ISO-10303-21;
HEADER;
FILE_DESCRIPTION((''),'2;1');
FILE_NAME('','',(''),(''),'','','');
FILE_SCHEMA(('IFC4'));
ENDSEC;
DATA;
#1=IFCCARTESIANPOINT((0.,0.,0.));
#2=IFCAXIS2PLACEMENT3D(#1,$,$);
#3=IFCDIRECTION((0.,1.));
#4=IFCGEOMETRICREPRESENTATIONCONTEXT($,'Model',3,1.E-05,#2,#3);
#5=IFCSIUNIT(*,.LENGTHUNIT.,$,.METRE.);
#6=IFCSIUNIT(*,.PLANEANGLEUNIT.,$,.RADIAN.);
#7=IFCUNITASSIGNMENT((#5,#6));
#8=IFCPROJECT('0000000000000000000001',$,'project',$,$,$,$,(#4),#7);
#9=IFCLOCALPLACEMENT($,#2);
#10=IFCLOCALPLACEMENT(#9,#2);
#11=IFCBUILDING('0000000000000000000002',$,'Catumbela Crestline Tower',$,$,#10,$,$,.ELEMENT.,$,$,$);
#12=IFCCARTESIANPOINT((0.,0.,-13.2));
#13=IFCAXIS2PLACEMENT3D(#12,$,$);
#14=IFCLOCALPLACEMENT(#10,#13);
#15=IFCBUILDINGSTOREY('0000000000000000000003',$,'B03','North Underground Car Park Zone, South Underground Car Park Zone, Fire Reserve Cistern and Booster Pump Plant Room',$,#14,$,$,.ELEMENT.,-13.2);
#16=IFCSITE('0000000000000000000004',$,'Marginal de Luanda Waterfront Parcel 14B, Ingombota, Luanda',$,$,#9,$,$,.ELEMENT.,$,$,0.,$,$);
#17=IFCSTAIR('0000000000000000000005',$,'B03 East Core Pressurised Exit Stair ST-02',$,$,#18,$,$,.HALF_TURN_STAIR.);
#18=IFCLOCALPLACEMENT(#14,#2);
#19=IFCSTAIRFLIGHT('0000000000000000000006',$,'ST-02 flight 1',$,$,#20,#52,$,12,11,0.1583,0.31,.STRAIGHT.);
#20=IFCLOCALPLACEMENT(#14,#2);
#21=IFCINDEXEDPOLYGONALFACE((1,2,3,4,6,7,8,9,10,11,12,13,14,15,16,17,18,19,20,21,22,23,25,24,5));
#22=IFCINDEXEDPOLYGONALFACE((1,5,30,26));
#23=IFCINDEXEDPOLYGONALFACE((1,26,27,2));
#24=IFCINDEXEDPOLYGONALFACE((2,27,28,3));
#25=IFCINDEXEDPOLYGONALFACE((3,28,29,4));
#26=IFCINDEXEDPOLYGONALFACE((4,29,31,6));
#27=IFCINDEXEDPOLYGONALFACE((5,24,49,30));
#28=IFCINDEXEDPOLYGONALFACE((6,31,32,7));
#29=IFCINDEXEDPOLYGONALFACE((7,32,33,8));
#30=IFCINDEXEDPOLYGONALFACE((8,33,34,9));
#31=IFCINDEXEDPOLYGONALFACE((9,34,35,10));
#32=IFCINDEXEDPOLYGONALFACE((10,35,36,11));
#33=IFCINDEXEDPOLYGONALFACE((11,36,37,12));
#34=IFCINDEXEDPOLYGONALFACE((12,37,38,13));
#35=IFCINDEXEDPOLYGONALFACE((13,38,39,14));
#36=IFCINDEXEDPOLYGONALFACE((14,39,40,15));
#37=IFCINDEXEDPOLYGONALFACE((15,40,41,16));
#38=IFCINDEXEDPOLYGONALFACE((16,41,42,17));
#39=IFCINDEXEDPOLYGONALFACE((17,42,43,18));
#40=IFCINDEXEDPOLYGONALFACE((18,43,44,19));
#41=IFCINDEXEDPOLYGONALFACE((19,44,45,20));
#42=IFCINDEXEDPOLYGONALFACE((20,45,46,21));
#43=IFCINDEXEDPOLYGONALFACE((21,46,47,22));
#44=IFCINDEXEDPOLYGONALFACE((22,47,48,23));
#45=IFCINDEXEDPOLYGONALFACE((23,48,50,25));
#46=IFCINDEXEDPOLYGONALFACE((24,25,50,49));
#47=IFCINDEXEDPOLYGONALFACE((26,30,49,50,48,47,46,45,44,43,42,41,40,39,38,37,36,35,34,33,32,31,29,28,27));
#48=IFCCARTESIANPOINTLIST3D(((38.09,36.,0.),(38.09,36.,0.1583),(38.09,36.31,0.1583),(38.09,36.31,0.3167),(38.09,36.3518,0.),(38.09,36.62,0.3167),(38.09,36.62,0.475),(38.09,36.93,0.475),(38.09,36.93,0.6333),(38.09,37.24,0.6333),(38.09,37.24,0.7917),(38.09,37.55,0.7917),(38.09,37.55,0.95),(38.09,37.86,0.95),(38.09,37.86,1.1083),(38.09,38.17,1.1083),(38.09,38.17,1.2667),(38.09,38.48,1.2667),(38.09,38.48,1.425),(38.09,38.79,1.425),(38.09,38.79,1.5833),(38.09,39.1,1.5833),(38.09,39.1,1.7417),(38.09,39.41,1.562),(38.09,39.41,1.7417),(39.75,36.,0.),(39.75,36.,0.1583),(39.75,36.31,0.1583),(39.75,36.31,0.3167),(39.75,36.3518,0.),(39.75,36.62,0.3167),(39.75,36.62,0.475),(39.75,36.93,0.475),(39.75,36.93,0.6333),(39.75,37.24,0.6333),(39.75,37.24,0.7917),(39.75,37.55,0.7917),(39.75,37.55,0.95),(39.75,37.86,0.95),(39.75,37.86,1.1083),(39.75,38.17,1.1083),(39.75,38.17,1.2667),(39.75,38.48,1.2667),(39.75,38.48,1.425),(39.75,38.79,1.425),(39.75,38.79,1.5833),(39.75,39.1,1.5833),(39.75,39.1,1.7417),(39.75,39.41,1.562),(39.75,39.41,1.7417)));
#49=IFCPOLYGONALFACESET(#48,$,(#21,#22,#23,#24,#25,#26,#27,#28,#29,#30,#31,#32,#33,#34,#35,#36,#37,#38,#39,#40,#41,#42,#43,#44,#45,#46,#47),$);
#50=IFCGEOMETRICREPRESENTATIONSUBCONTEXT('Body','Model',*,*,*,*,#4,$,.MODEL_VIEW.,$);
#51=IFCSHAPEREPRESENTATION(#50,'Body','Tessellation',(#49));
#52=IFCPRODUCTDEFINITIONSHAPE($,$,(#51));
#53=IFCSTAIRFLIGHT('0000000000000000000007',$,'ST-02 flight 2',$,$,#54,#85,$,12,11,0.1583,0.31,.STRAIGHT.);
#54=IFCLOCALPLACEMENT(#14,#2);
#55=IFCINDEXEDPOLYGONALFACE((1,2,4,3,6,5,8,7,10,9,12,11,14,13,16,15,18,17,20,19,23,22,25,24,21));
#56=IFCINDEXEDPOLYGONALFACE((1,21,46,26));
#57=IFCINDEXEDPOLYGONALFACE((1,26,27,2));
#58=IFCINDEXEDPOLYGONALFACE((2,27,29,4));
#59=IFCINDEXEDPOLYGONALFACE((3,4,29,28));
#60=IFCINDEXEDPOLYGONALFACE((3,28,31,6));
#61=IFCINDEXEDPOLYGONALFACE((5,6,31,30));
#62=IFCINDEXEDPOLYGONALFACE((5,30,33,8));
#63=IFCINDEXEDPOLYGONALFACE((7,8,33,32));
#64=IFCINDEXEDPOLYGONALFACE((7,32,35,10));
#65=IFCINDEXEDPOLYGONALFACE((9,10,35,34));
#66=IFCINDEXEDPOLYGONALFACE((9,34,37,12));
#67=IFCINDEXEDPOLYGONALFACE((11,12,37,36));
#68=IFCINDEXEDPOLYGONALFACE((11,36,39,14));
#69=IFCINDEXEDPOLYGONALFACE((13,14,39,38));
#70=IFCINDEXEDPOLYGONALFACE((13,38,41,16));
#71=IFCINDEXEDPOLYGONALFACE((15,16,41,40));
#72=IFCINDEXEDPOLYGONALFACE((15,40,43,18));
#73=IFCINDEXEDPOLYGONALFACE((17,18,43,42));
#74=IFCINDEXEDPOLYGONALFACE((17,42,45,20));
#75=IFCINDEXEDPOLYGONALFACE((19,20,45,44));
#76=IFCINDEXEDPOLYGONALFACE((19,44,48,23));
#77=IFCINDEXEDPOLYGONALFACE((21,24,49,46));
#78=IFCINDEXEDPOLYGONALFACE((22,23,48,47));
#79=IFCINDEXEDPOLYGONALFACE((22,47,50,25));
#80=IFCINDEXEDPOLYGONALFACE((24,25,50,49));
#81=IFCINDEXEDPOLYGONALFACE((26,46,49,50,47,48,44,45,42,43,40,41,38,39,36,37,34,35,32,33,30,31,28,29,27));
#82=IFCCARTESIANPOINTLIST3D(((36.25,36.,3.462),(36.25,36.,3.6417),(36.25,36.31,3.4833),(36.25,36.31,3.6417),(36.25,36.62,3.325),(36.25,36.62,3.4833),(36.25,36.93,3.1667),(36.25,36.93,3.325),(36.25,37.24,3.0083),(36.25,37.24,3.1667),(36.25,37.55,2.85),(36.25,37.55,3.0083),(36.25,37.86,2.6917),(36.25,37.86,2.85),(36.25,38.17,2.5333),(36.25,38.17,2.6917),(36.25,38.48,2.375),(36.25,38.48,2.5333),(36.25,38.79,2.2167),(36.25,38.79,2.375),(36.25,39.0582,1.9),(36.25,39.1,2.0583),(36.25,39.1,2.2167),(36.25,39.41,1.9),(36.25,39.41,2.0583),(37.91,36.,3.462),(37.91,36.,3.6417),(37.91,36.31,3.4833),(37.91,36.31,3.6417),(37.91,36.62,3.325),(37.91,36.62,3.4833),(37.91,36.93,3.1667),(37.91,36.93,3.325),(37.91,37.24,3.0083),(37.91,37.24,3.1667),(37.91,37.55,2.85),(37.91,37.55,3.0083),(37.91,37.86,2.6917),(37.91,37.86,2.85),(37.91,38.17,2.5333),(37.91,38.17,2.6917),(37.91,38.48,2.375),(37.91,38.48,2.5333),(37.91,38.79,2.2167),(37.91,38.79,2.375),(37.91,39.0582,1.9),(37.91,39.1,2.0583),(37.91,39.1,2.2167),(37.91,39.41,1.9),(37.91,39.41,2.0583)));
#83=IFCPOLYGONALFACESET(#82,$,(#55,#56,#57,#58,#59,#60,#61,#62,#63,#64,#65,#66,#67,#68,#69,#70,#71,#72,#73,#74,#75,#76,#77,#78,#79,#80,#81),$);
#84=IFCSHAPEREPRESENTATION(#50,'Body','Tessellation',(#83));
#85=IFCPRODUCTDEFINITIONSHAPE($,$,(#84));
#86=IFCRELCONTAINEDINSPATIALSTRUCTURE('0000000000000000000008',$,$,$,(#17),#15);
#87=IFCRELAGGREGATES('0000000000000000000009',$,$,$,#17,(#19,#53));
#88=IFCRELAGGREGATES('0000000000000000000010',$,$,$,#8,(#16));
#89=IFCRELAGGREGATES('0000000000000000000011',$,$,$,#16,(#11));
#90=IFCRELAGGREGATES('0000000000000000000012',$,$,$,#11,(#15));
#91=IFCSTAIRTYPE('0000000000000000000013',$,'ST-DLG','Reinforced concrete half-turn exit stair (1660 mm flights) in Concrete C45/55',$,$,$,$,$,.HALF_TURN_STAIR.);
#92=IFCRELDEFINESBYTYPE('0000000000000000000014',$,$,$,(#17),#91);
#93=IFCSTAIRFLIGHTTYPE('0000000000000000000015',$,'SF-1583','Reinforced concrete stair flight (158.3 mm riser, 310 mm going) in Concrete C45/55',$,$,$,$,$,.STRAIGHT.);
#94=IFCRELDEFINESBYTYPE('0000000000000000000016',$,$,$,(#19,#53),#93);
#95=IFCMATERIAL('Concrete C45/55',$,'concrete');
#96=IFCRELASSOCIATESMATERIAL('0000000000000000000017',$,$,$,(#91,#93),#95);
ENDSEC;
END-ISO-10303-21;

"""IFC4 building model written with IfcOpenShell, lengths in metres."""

from ifc_helpers import new_model, si_unit, direction, frame, origin, place, context, subcontext, project, spatial, polyline, outline, extrude, material, type_object, element, aggregate, save


model = new_model("IFC4")

# Units and contexts
model_context = context("Model", 3, precision=1e-05, world=origin(), true_north=direction((0.0, 1.0)))
body_context = subcontext(model_context, "Body", "Model", "MODEL_VIEW")
ifc_project = project(units=[si_unit("LENGTHUNIT", "METRE"), si_unit("PLANEANGLEUNIT", "RADIAN")], contexts=[model_context])

# Site, building, storey
site_placement = place(None, origin())
site = spatial("IfcSite", under=ifc_project, at=site_placement, Name="Marginal de Luanda Waterfront Parcel 14B, Ingombota, Luanda", CompositionType="ELEMENT", RefElevation=0.0)
building_placement = place(site_placement, origin())
building = spatial("IfcBuilding", under=site, at=building_placement, Name="Catumbela Crestline Tower", CompositionType="ELEMENT")
storey_placement = place(building_placement, frame((0.0, 0.0, -13.2)))
storey = spatial("IfcBuildingStorey", under=building, at=storey_placement, Name="B03", Description="North Underground Car Park Zone, South Underground Car Park Zone, Fire Reserve Cistern and Booster Pump Plant Room", CompositionType="ELEMENT", Elevation=-13.2)

# Stair, stair flights
ifc_material_1 = material(Name="Concrete C45/55", Category="concrete")
stair_type = type_object("IfcStairType", Name="ST-DLG", Description="Reinforced concrete half-turn exit stair (1660 mm flights) in Concrete C45/55", PredefinedType="HALF_TURN_STAIR", material=ifc_material_1)
stair_placement = place(storey_placement, origin())
stair = element("IfcStair", 1, at=stair_placement, inside=storey, type_object=stair_type, Name="B03 East Core Pressurised Exit Stair ST-02", PredefinedType="HALF_TURN_STAIR")
stair_flight_type = type_object("IfcStairFlightType", Name="SF-1583", Description="Reinforced concrete stair flight (158.3 mm riser, 310 mm going) in Concrete C45/55", PredefinedType="STRAIGHT", material=ifc_material_1)
stair_flight_1_placement = place(storey_placement, frame((38.92, 36.0, 0.0), z_axis=(0.0, 0.0, 1.0), x_axis=(0.0, 1.0, 0.0)))
stair_flight_1 = element("IfcStairFlight", 2, at=stair_flight_1_placement, type_object=stair_flight_type, Name="ST-02 flight 1", NumberOfRisers=12, NumberOfTreads=11, PredefinedType="STRAIGHT", RiserHeight=0.1583, TreadLength=0.31, context=body_context, shape_type="SweptSolid", body=[
    extrude(outline(polyline([(0.0, 0.0), (0.0, 0.1583), (0.31, 0.1583), (0.31, 0.3167), (0.62, 0.3167), (0.62, 0.475), (0.93, 0.475), (0.93, 0.6333), (1.24, 0.6333), (1.24, 0.7917), (1.55, 0.7917), (1.55, 0.95), (1.86, 0.95), (1.86, 1.1083), (2.17, 1.1083), (2.17, 1.2667), (2.48, 1.2667), (2.48, 1.425), (2.79, 1.425), (2.79, 1.5833), (3.1, 1.5833), (3.1, 1.7417), (3.41, 1.7417), (3.41, 1.9), (3.41, 1.562), (0.3518, 0.0), (0.0, 0.0)])), frame((0.0, 0.83, 0.0), z_axis=(0.0, -1.0, 0.0), x_axis=(1.0, 0.0, 0.0)), (0.0, 0.0, 1.0), 1.66),
])
stair_flight_2_placement = place(storey_placement, frame((37.08, 39.41, 1.9), z_axis=(0.0, 0.0, 1.0), x_axis=(0.0, -1.0, 0.0)))
stair_flight_2 = element("IfcStairFlight", 3, at=stair_flight_2_placement, type_object=stair_flight_type, Name="ST-02 flight 2", NumberOfRisers=12, NumberOfTreads=11, PredefinedType="STRAIGHT", RiserHeight=0.1583, TreadLength=0.31, context=body_context, shape_type="SweptSolid", body=[
    extrude(outline(polyline([(0.0, 0.0), (0.0, 0.1583), (0.31, 0.1583), (0.31, 0.3167), (0.62, 0.3167), (0.62, 0.475), (0.93, 0.475), (0.93, 0.6333), (1.24, 0.6333), (1.24, 0.7917), (1.55, 0.7917), (1.55, 0.95), (1.86, 0.95), (1.86, 1.1083), (2.17, 1.1083), (2.17, 1.2667), (2.48, 1.2667), (2.48, 1.425), (2.79, 1.425), (2.79, 1.5833), (3.1, 1.5833), (3.1, 1.7417), (3.41, 1.7417), (3.41, 1.9), (3.41, 1.562), (0.3518, 0.0), (0.0, 0.0)])), frame((0.0, 0.83, 0.0), z_axis=(0.0, -1.0, 0.0), x_axis=(1.0, 0.0, 0.0)), (0.0, 0.0, 1.0), 1.66),
])
aggregate(stair, [stair_flight_1, stair_flight_2])

save(model, "model.ifc")
